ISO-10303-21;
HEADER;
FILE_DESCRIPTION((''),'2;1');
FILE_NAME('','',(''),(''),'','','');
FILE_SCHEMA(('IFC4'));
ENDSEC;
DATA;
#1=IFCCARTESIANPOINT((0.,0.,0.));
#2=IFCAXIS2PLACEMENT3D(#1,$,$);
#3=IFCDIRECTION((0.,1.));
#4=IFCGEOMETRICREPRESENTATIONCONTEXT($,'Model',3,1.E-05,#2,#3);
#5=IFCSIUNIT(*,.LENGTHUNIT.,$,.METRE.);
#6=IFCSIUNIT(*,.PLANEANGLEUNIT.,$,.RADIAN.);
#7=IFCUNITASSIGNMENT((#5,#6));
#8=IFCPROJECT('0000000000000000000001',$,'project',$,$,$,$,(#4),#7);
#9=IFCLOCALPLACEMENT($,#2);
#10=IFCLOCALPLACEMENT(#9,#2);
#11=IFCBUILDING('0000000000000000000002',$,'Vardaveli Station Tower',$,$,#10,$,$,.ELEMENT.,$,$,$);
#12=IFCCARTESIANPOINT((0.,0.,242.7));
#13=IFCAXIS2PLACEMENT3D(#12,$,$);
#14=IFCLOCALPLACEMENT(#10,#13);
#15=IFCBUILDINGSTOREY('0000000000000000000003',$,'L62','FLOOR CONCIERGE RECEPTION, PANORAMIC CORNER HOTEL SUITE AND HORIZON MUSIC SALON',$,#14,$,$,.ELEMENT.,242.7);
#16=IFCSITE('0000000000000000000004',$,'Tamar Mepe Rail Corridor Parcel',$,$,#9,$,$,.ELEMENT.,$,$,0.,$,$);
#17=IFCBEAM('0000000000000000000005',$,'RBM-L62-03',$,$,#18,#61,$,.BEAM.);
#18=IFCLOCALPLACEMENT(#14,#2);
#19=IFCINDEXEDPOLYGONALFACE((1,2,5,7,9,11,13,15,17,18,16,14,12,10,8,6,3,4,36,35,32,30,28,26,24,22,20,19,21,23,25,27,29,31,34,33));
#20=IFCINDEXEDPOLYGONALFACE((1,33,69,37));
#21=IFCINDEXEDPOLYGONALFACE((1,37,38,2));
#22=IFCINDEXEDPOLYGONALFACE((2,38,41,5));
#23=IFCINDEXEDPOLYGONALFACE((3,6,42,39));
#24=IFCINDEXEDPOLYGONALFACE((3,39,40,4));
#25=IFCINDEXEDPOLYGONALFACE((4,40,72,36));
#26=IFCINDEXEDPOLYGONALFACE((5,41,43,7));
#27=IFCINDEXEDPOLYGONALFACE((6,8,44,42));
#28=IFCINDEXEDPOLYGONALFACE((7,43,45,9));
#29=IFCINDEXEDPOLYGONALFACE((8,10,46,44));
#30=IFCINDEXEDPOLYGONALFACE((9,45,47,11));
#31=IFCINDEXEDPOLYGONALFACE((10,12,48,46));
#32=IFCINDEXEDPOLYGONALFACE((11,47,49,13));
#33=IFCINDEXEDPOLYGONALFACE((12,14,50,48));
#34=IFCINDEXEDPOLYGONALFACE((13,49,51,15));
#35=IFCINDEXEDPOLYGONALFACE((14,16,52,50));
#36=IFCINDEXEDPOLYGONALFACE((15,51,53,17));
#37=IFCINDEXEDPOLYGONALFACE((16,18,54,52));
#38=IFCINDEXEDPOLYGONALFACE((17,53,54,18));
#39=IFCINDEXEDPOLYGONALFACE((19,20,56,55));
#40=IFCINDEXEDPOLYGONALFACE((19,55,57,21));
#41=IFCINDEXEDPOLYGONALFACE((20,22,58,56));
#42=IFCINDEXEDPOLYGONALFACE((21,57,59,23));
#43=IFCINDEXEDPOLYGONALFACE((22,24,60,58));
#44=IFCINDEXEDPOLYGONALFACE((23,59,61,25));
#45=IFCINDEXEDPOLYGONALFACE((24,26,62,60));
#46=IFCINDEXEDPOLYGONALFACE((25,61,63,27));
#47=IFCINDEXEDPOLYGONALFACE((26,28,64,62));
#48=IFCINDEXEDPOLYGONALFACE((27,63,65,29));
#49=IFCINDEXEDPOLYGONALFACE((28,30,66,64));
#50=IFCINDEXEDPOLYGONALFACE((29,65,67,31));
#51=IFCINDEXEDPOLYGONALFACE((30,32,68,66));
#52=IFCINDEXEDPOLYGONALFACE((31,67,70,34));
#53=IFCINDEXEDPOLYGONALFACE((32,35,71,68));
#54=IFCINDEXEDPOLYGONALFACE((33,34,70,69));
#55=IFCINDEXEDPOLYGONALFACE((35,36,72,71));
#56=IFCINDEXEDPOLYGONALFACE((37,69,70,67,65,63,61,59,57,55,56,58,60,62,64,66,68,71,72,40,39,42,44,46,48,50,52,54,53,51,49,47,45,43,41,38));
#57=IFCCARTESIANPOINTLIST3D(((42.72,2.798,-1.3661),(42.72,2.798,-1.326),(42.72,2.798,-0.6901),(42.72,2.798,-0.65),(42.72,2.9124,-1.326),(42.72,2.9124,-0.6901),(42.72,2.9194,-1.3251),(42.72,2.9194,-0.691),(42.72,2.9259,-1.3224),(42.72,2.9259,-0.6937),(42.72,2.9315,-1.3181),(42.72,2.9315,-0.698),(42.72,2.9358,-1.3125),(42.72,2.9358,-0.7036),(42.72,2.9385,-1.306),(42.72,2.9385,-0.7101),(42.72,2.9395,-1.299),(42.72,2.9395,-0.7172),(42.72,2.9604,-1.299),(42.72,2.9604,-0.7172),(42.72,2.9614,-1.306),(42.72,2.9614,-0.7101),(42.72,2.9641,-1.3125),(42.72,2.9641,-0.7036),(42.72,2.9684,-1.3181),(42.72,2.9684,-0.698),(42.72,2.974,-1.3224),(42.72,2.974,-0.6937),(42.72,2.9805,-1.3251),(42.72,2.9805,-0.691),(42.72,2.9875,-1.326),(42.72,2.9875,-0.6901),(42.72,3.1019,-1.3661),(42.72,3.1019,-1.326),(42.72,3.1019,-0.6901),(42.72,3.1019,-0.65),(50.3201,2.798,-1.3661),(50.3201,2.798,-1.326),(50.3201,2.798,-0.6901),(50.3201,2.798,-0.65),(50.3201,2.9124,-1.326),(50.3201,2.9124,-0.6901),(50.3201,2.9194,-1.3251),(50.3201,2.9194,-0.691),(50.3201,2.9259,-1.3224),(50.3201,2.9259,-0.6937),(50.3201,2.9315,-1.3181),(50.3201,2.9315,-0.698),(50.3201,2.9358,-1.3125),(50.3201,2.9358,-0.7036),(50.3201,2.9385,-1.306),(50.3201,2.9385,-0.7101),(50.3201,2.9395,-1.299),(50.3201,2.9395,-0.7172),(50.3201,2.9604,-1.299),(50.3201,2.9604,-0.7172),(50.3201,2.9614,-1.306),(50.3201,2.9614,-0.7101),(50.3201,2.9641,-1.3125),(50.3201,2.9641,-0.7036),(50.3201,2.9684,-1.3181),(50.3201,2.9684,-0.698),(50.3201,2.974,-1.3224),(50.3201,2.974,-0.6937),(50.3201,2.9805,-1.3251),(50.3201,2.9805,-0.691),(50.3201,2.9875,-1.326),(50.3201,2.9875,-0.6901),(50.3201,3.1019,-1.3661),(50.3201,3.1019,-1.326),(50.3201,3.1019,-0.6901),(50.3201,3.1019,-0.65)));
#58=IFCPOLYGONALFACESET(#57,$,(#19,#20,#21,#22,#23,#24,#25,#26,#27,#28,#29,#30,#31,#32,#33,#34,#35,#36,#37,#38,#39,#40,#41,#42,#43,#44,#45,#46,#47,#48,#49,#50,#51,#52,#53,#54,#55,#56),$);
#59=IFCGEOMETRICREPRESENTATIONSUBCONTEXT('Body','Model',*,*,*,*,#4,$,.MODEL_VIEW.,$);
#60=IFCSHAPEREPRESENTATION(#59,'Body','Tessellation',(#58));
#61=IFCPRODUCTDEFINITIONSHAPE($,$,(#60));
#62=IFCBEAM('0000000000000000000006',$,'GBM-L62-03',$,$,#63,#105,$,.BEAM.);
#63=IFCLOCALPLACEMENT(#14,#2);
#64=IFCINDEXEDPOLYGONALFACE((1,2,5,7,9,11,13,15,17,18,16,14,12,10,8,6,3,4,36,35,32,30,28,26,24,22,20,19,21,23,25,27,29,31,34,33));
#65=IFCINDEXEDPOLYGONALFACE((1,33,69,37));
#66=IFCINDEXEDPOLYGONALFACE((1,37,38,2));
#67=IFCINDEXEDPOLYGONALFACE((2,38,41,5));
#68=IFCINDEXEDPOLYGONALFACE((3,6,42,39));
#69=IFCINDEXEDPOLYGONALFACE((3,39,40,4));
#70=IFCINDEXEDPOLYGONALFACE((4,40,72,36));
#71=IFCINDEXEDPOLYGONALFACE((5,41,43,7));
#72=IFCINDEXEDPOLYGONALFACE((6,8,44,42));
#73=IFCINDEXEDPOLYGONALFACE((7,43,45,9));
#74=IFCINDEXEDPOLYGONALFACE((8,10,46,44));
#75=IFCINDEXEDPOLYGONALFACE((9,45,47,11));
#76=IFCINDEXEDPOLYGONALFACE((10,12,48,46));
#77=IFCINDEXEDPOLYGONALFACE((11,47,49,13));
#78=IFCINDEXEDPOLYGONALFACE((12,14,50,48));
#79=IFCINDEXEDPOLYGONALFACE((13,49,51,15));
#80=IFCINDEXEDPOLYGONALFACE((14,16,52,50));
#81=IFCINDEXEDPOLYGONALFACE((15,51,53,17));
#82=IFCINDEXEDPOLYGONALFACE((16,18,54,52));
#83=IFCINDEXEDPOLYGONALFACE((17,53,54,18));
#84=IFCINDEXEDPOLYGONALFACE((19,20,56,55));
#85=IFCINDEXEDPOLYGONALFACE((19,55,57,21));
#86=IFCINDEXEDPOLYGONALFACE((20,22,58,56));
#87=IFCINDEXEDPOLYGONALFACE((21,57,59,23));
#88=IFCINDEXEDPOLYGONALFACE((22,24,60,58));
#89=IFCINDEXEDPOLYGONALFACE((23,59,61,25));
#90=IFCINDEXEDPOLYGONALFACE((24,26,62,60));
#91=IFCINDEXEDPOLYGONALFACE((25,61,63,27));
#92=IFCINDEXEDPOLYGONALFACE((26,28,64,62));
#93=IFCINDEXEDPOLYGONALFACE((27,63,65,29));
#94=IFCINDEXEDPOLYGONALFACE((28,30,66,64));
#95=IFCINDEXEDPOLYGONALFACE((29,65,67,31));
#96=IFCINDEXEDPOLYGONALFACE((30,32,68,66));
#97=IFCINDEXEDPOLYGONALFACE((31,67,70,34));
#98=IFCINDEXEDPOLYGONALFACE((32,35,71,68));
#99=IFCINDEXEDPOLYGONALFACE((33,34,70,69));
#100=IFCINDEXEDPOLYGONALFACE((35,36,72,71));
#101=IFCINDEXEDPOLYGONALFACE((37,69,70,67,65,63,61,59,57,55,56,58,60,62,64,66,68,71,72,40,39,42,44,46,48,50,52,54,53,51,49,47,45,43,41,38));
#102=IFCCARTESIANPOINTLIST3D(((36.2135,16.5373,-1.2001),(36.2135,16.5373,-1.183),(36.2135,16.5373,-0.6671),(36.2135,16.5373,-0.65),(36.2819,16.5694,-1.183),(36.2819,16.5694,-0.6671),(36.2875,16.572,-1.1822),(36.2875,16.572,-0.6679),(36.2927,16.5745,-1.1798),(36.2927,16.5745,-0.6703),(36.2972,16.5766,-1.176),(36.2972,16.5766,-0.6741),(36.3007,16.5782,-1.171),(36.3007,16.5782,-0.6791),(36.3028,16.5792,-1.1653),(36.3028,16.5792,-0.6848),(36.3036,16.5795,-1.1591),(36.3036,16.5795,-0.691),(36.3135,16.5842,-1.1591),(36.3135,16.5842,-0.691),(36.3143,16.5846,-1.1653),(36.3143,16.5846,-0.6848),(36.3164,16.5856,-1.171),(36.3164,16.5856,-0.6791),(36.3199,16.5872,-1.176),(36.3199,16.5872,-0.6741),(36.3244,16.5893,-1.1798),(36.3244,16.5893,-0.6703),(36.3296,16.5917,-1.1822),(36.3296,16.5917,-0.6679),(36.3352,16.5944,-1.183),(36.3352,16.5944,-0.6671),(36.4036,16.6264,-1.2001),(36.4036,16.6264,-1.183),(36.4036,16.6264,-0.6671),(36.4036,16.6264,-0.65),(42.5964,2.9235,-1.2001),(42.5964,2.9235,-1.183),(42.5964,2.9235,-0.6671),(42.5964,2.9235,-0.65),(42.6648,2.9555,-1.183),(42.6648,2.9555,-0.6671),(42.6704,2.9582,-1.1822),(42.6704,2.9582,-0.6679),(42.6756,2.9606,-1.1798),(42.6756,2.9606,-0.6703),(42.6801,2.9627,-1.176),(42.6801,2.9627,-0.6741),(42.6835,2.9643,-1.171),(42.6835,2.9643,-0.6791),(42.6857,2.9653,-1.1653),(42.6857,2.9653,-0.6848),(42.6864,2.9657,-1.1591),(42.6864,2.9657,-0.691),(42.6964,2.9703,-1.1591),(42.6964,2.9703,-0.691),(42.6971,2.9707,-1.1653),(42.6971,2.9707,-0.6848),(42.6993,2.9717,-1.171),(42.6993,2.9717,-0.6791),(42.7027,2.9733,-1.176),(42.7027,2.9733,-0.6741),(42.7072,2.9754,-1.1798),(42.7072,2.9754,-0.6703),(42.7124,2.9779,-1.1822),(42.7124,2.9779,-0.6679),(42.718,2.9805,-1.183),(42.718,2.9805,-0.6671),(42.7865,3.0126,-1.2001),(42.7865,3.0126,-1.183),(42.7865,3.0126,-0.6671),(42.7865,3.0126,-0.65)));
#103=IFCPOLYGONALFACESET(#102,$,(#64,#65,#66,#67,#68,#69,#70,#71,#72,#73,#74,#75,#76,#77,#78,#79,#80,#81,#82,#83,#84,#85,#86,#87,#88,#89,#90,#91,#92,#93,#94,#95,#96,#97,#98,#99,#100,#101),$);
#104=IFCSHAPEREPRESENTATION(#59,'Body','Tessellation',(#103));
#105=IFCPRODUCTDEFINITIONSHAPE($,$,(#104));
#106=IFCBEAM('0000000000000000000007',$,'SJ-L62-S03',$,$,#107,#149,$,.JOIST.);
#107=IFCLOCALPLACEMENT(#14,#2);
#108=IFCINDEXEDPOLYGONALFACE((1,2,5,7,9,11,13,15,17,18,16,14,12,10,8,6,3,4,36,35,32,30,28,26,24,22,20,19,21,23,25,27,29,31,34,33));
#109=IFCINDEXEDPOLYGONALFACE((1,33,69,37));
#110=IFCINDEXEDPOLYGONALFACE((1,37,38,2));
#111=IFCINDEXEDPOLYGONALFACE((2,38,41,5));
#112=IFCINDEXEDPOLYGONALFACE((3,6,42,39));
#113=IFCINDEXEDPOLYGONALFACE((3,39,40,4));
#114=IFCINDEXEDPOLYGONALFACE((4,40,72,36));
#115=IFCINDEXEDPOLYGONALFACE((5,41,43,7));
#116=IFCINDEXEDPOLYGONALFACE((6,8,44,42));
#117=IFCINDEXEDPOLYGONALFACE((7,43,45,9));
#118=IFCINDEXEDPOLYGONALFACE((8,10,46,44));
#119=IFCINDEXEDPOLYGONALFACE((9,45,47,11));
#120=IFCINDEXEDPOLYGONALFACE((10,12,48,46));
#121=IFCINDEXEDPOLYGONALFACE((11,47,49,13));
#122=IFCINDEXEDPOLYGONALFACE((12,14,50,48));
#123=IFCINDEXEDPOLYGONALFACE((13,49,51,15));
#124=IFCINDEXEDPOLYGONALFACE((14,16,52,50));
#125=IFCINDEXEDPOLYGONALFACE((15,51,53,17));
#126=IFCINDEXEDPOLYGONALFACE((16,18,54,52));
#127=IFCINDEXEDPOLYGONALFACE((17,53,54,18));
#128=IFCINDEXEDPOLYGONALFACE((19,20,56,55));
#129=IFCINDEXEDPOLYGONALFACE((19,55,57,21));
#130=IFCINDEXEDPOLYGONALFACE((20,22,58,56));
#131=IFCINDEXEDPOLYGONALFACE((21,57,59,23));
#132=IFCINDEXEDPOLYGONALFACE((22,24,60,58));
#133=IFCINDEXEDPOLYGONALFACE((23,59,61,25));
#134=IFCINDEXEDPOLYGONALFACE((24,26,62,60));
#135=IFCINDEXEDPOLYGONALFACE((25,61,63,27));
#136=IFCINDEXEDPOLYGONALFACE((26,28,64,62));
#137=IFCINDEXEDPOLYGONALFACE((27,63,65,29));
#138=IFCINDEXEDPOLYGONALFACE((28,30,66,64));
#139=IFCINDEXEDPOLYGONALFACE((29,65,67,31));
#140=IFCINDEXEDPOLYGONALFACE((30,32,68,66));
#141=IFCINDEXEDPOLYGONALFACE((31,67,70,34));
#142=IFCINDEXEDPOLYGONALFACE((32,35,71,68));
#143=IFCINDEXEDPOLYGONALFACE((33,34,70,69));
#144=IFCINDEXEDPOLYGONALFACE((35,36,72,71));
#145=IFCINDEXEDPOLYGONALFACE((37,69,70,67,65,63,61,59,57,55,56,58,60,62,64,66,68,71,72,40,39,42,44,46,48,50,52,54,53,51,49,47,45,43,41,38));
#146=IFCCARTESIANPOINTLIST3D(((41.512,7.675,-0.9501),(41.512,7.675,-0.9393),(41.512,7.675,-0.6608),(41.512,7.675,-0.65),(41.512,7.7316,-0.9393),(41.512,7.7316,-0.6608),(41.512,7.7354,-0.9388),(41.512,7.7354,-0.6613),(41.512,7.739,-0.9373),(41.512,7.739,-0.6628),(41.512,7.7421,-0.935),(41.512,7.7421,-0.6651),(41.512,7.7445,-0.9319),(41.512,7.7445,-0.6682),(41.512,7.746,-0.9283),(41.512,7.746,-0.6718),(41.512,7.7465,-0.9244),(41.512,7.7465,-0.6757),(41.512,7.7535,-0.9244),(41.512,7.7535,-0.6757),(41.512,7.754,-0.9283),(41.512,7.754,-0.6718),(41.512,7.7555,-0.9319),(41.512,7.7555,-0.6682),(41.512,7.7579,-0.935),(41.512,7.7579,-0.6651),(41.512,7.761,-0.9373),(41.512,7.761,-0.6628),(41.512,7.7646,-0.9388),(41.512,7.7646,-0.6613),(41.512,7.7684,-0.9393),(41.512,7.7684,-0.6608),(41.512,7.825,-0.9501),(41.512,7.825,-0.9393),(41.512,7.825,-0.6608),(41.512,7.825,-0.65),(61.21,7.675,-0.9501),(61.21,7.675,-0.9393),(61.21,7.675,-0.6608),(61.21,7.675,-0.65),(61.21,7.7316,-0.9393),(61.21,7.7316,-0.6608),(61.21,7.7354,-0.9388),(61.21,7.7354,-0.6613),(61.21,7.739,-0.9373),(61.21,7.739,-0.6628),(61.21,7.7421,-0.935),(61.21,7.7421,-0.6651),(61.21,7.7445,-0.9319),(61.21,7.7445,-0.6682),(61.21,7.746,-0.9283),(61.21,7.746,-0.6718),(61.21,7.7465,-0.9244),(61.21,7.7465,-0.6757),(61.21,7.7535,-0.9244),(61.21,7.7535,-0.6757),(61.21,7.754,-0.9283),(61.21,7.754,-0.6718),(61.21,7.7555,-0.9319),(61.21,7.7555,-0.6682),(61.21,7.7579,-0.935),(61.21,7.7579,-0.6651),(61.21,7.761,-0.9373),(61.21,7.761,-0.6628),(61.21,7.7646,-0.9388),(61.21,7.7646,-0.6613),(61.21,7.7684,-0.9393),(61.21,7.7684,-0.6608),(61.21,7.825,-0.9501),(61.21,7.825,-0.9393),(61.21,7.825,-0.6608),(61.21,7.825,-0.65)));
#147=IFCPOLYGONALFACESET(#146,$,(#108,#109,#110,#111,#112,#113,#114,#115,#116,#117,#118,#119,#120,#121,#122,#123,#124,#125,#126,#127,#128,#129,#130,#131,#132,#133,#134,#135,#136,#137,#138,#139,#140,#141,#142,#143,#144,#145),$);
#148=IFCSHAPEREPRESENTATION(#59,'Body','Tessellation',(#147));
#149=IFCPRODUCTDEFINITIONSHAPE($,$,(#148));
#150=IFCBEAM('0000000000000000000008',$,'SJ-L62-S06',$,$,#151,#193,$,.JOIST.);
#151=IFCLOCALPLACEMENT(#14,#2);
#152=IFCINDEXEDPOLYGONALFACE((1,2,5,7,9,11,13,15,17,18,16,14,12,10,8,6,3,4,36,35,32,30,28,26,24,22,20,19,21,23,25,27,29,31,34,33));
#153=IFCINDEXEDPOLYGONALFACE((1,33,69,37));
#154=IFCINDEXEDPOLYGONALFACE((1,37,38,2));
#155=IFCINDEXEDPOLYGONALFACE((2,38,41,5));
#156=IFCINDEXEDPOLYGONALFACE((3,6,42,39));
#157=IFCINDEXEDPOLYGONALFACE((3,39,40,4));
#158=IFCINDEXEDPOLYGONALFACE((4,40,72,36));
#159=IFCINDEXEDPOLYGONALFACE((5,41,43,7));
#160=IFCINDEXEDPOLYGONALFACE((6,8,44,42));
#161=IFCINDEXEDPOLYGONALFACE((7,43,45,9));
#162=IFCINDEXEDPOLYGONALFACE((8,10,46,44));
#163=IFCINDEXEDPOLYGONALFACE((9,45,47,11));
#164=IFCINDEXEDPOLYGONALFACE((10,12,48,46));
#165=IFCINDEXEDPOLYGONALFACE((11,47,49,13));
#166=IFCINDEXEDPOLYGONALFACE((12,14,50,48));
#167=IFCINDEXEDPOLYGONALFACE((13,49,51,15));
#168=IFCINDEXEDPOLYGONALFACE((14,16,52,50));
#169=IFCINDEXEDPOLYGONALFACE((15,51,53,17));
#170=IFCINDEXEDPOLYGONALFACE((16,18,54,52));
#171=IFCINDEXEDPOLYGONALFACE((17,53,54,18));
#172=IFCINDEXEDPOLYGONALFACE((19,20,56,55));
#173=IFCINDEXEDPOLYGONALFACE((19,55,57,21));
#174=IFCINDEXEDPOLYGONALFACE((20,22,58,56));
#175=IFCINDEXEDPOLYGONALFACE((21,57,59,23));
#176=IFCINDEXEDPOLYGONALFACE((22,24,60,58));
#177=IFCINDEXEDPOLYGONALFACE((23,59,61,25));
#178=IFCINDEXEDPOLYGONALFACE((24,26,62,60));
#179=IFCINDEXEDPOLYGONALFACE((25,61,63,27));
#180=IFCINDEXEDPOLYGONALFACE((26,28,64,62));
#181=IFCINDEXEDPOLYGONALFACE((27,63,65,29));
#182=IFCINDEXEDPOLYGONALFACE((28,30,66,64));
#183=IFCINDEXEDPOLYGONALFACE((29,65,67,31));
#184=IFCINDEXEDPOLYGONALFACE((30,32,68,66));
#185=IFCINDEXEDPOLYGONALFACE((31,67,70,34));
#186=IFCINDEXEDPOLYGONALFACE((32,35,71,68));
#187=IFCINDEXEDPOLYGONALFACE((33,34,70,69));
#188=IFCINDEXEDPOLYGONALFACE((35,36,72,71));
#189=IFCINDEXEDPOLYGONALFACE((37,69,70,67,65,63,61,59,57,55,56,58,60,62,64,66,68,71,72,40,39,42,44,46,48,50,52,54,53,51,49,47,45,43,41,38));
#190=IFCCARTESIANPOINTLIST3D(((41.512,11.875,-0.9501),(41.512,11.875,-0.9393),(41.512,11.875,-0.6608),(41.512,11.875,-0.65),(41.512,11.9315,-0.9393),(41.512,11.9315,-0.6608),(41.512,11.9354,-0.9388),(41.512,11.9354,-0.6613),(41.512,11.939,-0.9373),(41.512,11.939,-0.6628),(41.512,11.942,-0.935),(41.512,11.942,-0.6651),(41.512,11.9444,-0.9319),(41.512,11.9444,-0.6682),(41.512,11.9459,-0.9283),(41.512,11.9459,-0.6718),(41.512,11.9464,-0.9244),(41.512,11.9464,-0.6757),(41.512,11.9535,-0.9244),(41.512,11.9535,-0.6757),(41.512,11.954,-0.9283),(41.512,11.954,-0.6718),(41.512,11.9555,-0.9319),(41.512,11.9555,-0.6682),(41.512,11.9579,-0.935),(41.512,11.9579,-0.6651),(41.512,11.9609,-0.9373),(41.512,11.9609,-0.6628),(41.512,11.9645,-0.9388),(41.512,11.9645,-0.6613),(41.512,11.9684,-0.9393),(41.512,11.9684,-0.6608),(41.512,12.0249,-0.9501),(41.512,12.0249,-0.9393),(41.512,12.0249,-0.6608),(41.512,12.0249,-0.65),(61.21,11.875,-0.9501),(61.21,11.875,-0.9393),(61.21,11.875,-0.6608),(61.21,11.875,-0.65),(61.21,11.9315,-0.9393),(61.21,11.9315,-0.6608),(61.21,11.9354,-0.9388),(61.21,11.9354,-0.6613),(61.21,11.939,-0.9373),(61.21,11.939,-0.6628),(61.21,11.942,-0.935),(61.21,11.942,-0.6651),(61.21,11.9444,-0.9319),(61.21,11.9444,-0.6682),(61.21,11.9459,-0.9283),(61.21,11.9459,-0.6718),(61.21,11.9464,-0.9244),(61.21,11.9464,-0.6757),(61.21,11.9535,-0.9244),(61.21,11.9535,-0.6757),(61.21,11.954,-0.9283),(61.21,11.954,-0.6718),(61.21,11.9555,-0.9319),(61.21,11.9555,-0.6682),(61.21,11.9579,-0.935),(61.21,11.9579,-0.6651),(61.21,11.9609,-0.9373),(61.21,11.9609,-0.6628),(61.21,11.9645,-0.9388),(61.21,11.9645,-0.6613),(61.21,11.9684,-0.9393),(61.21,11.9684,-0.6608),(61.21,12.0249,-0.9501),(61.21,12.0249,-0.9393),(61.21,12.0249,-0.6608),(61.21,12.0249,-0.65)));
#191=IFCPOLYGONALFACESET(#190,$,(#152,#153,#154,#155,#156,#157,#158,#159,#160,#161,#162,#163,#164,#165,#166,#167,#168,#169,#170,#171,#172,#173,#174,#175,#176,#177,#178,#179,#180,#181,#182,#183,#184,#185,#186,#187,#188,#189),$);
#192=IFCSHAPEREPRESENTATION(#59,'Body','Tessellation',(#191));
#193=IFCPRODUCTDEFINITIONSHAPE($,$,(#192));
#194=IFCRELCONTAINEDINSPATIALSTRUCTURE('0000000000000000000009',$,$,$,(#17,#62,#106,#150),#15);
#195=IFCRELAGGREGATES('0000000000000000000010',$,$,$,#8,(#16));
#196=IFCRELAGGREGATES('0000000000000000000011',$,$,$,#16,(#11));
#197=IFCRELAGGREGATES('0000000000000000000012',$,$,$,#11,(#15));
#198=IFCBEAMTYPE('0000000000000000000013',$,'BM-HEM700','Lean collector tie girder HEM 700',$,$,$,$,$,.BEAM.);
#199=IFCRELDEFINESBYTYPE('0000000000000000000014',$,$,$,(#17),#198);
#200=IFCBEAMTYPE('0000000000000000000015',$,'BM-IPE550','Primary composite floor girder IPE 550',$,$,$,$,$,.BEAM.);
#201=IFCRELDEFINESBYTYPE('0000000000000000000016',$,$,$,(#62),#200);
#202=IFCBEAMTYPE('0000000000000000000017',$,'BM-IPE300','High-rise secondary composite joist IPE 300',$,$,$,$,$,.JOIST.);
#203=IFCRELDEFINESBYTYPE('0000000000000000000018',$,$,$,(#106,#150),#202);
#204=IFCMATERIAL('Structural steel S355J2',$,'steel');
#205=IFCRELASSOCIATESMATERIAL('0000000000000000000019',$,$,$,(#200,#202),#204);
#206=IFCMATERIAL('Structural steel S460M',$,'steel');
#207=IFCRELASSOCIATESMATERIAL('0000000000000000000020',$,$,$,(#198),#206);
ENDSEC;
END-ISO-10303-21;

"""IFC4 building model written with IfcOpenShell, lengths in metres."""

from ifc_helpers import new_model, si_unit, direction, frame, origin, origin_2d, place, context, subcontext, project, spatial, i_section, extrude, source, transform, mapped, material, material_profile, profile_set, type_object, element, save


model = new_model("IFC4")

# Units and contexts
model_context = context("Model", 3, precision=1e-05, world=origin(), true_north=direction((0.0, 1.0)))
body_context = subcontext(model_context, "Body", "Model", "MODEL_VIEW")
ifc_project = project(units=[si_unit("LENGTHUNIT", "METRE"), si_unit("PLANEANGLEUNIT", "RADIAN")], contexts=[model_context])

# Site, building, storey
site_placement = place(None, origin())
site = spatial("IfcSite", under=ifc_project, at=site_placement, Name="Tamar Mepe Rail Corridor Parcel", CompositionType="ELEMENT", RefElevation=0.0)
building_placement = place(site_placement, origin())
building = spatial("IfcBuilding", under=site, at=building_placement, Name="Vardaveli Station Tower", CompositionType="ELEMENT")
storey_placement = place(building_placement, frame((0.0, 0.0, 242.7)))
storey = spatial("IfcBuildingStorey", under=building, at=storey_placement, Name="L62", Description="FLOOR CONCIERGE RECEPTION, PANORAMIC CORNER HOTEL SUITE AND HORIZON MUSIC SALON", CompositionType="ELEMENT", Elevation=242.7)

# Shared definitions
ifc_material_1 = material(Name="Structural steel S460M", Category="steel")

# Beams
ifc_material_2 = material(Name="Structural steel S355J2", Category="steel")
ifc_material_profile_1 = material_profile(ifc_material_2, i_section(OverallWidth=0.21, OverallDepth=0.55, WebThickness=0.011, FlangeThickness=0.0171, FilletRadius=0.0239, at=origin_2d()), Name="IPE 550")
ifc_profile_set_1 = profile_set([ifc_material_profile_1], Name="Structural steel S355J2")
beam_type_1 = type_object("IfcBeamType", Name="BM-IPE550", Description="Primary composite floor girder IPE 550", PredefinedType="BEAM", material=ifc_profile_set_1)
ifc_material_profile_2 = material_profile(ifc_material_1, i_section(OverallWidth=0.304, OverallDepth=0.7161, WebThickness=0.021, FlangeThickness=0.04, FilletRadius=0.0271, at=origin_2d()), Name="HEM 700")
ifc_profile_set_2 = profile_set([ifc_material_profile_2], Name="Structural steel S460M")
beam_type_2 = type_object("IfcBeamType", Name="BM-HEM700", Description="Lean collector tie girder HEM 700", PredefinedType="BEAM", material=ifc_profile_set_2)
shared_shape_1 = source(origin(), body_context, "Body", "SweptSolid", [
    extrude(i_section(OverallWidth=0.304, OverallDepth=0.7161, WebThickness=0.021, FlangeThickness=0.04, FilletRadius=0.0271, at=origin_2d()), origin(), (0.0, 0.0, 1.0), 7.6001),
])
beam_1_placement = place(storey_placement, frame((42.72, 2.95, -1.0081), z_axis=(1.0, 0.0, 0.0), x_axis=(0.0, 1.0, 0.0)))
element("IfcBeam", 1, at=beam_1_placement, inside=storey, type_object=beam_type_2, Name="RBM-L62-03", PredefinedType="BEAM", context=body_context, shape_type="MappedRepresentation", body=[
    mapped(shared_shape_1, transform((0.0, 0.0, 0.0), scale=1.0)),
])
shared_shape_2 = source(origin(), body_context, "Body", "SweptSolid", [
    extrude(i_section(OverallWidth=0.21, OverallDepth=0.55, WebThickness=0.011, FlangeThickness=0.0171, FilletRadius=0.0239, at=origin_2d()), origin(), (0.0, 0.0, 1.0), 15.0359),
])
beam_2_placement = place(storey_placement, frame((42.6914, 2.968, -0.925), z_axis=(-0.424508, 0.905424, 0.0), x_axis=(-0.905424, -0.424508, 0.0)))
element("IfcBeam", 2, at=beam_2_placement, inside=storey, type_object=beam_type_1, Name="GBM-L62-03", PredefinedType="BEAM", context=body_context, shape_type="MappedRepresentation", body=[
    mapped(shared_shape_2, transform((0.0, 0.0, 0.0), scale=1.0)),
])
ifc_material_profile_3 = material_profile(ifc_material_2, i_section(OverallWidth=0.1499, OverallDepth=0.3, WebThickness=0.0071, FlangeThickness=0.0107, FilletRadius=0.0149, at=origin_2d()), Name="IPE 300")
ifc_profile_set_3 = profile_set([ifc_material_profile_3], Name="Structural steel S355J2")
beam_type_3 = type_object("IfcBeamType", Name="BM-IPE300", Description="High-rise secondary composite joist IPE 300", PredefinedType="JOIST", material=ifc_profile_set_3)
shared_shape_3 = source(origin(), body_context, "Body", "SweptSolid", [
    extrude(i_section(OverallWidth=0.1499, OverallDepth=0.3, WebThickness=0.0071, FlangeThickness=0.0107, FilletRadius=0.0149, at=origin_2d()), origin(), (0.0, 0.0, 1.0), 19.698),
])
for number, where, z_axis, x_axis, name in (
    (3, (41.512, 7.75, -0.8), (1.0, 0.0, 0.0), (0.0, 1.0, 0.0), "SJ-L62-S03"),
    (4, (41.512, 11.95, -0.8), (1.0, 0.0, 0.0), (0.0, 1.0, 0.0), "SJ-L62-S06"),
):
    element("IfcBeam", number, at=place(storey_placement, frame(where, z_axis=z_axis, x_axis=x_axis)), inside=storey, type_object=beam_type_3, Name=name, PredefinedType="JOIST", context=body_context, shape_type="MappedRepresentation", body=[
        mapped(shared_shape_3, transform((0.0, 0.0, 0.0), scale=1.0)),
    ])

save(model, "model.ifc")
